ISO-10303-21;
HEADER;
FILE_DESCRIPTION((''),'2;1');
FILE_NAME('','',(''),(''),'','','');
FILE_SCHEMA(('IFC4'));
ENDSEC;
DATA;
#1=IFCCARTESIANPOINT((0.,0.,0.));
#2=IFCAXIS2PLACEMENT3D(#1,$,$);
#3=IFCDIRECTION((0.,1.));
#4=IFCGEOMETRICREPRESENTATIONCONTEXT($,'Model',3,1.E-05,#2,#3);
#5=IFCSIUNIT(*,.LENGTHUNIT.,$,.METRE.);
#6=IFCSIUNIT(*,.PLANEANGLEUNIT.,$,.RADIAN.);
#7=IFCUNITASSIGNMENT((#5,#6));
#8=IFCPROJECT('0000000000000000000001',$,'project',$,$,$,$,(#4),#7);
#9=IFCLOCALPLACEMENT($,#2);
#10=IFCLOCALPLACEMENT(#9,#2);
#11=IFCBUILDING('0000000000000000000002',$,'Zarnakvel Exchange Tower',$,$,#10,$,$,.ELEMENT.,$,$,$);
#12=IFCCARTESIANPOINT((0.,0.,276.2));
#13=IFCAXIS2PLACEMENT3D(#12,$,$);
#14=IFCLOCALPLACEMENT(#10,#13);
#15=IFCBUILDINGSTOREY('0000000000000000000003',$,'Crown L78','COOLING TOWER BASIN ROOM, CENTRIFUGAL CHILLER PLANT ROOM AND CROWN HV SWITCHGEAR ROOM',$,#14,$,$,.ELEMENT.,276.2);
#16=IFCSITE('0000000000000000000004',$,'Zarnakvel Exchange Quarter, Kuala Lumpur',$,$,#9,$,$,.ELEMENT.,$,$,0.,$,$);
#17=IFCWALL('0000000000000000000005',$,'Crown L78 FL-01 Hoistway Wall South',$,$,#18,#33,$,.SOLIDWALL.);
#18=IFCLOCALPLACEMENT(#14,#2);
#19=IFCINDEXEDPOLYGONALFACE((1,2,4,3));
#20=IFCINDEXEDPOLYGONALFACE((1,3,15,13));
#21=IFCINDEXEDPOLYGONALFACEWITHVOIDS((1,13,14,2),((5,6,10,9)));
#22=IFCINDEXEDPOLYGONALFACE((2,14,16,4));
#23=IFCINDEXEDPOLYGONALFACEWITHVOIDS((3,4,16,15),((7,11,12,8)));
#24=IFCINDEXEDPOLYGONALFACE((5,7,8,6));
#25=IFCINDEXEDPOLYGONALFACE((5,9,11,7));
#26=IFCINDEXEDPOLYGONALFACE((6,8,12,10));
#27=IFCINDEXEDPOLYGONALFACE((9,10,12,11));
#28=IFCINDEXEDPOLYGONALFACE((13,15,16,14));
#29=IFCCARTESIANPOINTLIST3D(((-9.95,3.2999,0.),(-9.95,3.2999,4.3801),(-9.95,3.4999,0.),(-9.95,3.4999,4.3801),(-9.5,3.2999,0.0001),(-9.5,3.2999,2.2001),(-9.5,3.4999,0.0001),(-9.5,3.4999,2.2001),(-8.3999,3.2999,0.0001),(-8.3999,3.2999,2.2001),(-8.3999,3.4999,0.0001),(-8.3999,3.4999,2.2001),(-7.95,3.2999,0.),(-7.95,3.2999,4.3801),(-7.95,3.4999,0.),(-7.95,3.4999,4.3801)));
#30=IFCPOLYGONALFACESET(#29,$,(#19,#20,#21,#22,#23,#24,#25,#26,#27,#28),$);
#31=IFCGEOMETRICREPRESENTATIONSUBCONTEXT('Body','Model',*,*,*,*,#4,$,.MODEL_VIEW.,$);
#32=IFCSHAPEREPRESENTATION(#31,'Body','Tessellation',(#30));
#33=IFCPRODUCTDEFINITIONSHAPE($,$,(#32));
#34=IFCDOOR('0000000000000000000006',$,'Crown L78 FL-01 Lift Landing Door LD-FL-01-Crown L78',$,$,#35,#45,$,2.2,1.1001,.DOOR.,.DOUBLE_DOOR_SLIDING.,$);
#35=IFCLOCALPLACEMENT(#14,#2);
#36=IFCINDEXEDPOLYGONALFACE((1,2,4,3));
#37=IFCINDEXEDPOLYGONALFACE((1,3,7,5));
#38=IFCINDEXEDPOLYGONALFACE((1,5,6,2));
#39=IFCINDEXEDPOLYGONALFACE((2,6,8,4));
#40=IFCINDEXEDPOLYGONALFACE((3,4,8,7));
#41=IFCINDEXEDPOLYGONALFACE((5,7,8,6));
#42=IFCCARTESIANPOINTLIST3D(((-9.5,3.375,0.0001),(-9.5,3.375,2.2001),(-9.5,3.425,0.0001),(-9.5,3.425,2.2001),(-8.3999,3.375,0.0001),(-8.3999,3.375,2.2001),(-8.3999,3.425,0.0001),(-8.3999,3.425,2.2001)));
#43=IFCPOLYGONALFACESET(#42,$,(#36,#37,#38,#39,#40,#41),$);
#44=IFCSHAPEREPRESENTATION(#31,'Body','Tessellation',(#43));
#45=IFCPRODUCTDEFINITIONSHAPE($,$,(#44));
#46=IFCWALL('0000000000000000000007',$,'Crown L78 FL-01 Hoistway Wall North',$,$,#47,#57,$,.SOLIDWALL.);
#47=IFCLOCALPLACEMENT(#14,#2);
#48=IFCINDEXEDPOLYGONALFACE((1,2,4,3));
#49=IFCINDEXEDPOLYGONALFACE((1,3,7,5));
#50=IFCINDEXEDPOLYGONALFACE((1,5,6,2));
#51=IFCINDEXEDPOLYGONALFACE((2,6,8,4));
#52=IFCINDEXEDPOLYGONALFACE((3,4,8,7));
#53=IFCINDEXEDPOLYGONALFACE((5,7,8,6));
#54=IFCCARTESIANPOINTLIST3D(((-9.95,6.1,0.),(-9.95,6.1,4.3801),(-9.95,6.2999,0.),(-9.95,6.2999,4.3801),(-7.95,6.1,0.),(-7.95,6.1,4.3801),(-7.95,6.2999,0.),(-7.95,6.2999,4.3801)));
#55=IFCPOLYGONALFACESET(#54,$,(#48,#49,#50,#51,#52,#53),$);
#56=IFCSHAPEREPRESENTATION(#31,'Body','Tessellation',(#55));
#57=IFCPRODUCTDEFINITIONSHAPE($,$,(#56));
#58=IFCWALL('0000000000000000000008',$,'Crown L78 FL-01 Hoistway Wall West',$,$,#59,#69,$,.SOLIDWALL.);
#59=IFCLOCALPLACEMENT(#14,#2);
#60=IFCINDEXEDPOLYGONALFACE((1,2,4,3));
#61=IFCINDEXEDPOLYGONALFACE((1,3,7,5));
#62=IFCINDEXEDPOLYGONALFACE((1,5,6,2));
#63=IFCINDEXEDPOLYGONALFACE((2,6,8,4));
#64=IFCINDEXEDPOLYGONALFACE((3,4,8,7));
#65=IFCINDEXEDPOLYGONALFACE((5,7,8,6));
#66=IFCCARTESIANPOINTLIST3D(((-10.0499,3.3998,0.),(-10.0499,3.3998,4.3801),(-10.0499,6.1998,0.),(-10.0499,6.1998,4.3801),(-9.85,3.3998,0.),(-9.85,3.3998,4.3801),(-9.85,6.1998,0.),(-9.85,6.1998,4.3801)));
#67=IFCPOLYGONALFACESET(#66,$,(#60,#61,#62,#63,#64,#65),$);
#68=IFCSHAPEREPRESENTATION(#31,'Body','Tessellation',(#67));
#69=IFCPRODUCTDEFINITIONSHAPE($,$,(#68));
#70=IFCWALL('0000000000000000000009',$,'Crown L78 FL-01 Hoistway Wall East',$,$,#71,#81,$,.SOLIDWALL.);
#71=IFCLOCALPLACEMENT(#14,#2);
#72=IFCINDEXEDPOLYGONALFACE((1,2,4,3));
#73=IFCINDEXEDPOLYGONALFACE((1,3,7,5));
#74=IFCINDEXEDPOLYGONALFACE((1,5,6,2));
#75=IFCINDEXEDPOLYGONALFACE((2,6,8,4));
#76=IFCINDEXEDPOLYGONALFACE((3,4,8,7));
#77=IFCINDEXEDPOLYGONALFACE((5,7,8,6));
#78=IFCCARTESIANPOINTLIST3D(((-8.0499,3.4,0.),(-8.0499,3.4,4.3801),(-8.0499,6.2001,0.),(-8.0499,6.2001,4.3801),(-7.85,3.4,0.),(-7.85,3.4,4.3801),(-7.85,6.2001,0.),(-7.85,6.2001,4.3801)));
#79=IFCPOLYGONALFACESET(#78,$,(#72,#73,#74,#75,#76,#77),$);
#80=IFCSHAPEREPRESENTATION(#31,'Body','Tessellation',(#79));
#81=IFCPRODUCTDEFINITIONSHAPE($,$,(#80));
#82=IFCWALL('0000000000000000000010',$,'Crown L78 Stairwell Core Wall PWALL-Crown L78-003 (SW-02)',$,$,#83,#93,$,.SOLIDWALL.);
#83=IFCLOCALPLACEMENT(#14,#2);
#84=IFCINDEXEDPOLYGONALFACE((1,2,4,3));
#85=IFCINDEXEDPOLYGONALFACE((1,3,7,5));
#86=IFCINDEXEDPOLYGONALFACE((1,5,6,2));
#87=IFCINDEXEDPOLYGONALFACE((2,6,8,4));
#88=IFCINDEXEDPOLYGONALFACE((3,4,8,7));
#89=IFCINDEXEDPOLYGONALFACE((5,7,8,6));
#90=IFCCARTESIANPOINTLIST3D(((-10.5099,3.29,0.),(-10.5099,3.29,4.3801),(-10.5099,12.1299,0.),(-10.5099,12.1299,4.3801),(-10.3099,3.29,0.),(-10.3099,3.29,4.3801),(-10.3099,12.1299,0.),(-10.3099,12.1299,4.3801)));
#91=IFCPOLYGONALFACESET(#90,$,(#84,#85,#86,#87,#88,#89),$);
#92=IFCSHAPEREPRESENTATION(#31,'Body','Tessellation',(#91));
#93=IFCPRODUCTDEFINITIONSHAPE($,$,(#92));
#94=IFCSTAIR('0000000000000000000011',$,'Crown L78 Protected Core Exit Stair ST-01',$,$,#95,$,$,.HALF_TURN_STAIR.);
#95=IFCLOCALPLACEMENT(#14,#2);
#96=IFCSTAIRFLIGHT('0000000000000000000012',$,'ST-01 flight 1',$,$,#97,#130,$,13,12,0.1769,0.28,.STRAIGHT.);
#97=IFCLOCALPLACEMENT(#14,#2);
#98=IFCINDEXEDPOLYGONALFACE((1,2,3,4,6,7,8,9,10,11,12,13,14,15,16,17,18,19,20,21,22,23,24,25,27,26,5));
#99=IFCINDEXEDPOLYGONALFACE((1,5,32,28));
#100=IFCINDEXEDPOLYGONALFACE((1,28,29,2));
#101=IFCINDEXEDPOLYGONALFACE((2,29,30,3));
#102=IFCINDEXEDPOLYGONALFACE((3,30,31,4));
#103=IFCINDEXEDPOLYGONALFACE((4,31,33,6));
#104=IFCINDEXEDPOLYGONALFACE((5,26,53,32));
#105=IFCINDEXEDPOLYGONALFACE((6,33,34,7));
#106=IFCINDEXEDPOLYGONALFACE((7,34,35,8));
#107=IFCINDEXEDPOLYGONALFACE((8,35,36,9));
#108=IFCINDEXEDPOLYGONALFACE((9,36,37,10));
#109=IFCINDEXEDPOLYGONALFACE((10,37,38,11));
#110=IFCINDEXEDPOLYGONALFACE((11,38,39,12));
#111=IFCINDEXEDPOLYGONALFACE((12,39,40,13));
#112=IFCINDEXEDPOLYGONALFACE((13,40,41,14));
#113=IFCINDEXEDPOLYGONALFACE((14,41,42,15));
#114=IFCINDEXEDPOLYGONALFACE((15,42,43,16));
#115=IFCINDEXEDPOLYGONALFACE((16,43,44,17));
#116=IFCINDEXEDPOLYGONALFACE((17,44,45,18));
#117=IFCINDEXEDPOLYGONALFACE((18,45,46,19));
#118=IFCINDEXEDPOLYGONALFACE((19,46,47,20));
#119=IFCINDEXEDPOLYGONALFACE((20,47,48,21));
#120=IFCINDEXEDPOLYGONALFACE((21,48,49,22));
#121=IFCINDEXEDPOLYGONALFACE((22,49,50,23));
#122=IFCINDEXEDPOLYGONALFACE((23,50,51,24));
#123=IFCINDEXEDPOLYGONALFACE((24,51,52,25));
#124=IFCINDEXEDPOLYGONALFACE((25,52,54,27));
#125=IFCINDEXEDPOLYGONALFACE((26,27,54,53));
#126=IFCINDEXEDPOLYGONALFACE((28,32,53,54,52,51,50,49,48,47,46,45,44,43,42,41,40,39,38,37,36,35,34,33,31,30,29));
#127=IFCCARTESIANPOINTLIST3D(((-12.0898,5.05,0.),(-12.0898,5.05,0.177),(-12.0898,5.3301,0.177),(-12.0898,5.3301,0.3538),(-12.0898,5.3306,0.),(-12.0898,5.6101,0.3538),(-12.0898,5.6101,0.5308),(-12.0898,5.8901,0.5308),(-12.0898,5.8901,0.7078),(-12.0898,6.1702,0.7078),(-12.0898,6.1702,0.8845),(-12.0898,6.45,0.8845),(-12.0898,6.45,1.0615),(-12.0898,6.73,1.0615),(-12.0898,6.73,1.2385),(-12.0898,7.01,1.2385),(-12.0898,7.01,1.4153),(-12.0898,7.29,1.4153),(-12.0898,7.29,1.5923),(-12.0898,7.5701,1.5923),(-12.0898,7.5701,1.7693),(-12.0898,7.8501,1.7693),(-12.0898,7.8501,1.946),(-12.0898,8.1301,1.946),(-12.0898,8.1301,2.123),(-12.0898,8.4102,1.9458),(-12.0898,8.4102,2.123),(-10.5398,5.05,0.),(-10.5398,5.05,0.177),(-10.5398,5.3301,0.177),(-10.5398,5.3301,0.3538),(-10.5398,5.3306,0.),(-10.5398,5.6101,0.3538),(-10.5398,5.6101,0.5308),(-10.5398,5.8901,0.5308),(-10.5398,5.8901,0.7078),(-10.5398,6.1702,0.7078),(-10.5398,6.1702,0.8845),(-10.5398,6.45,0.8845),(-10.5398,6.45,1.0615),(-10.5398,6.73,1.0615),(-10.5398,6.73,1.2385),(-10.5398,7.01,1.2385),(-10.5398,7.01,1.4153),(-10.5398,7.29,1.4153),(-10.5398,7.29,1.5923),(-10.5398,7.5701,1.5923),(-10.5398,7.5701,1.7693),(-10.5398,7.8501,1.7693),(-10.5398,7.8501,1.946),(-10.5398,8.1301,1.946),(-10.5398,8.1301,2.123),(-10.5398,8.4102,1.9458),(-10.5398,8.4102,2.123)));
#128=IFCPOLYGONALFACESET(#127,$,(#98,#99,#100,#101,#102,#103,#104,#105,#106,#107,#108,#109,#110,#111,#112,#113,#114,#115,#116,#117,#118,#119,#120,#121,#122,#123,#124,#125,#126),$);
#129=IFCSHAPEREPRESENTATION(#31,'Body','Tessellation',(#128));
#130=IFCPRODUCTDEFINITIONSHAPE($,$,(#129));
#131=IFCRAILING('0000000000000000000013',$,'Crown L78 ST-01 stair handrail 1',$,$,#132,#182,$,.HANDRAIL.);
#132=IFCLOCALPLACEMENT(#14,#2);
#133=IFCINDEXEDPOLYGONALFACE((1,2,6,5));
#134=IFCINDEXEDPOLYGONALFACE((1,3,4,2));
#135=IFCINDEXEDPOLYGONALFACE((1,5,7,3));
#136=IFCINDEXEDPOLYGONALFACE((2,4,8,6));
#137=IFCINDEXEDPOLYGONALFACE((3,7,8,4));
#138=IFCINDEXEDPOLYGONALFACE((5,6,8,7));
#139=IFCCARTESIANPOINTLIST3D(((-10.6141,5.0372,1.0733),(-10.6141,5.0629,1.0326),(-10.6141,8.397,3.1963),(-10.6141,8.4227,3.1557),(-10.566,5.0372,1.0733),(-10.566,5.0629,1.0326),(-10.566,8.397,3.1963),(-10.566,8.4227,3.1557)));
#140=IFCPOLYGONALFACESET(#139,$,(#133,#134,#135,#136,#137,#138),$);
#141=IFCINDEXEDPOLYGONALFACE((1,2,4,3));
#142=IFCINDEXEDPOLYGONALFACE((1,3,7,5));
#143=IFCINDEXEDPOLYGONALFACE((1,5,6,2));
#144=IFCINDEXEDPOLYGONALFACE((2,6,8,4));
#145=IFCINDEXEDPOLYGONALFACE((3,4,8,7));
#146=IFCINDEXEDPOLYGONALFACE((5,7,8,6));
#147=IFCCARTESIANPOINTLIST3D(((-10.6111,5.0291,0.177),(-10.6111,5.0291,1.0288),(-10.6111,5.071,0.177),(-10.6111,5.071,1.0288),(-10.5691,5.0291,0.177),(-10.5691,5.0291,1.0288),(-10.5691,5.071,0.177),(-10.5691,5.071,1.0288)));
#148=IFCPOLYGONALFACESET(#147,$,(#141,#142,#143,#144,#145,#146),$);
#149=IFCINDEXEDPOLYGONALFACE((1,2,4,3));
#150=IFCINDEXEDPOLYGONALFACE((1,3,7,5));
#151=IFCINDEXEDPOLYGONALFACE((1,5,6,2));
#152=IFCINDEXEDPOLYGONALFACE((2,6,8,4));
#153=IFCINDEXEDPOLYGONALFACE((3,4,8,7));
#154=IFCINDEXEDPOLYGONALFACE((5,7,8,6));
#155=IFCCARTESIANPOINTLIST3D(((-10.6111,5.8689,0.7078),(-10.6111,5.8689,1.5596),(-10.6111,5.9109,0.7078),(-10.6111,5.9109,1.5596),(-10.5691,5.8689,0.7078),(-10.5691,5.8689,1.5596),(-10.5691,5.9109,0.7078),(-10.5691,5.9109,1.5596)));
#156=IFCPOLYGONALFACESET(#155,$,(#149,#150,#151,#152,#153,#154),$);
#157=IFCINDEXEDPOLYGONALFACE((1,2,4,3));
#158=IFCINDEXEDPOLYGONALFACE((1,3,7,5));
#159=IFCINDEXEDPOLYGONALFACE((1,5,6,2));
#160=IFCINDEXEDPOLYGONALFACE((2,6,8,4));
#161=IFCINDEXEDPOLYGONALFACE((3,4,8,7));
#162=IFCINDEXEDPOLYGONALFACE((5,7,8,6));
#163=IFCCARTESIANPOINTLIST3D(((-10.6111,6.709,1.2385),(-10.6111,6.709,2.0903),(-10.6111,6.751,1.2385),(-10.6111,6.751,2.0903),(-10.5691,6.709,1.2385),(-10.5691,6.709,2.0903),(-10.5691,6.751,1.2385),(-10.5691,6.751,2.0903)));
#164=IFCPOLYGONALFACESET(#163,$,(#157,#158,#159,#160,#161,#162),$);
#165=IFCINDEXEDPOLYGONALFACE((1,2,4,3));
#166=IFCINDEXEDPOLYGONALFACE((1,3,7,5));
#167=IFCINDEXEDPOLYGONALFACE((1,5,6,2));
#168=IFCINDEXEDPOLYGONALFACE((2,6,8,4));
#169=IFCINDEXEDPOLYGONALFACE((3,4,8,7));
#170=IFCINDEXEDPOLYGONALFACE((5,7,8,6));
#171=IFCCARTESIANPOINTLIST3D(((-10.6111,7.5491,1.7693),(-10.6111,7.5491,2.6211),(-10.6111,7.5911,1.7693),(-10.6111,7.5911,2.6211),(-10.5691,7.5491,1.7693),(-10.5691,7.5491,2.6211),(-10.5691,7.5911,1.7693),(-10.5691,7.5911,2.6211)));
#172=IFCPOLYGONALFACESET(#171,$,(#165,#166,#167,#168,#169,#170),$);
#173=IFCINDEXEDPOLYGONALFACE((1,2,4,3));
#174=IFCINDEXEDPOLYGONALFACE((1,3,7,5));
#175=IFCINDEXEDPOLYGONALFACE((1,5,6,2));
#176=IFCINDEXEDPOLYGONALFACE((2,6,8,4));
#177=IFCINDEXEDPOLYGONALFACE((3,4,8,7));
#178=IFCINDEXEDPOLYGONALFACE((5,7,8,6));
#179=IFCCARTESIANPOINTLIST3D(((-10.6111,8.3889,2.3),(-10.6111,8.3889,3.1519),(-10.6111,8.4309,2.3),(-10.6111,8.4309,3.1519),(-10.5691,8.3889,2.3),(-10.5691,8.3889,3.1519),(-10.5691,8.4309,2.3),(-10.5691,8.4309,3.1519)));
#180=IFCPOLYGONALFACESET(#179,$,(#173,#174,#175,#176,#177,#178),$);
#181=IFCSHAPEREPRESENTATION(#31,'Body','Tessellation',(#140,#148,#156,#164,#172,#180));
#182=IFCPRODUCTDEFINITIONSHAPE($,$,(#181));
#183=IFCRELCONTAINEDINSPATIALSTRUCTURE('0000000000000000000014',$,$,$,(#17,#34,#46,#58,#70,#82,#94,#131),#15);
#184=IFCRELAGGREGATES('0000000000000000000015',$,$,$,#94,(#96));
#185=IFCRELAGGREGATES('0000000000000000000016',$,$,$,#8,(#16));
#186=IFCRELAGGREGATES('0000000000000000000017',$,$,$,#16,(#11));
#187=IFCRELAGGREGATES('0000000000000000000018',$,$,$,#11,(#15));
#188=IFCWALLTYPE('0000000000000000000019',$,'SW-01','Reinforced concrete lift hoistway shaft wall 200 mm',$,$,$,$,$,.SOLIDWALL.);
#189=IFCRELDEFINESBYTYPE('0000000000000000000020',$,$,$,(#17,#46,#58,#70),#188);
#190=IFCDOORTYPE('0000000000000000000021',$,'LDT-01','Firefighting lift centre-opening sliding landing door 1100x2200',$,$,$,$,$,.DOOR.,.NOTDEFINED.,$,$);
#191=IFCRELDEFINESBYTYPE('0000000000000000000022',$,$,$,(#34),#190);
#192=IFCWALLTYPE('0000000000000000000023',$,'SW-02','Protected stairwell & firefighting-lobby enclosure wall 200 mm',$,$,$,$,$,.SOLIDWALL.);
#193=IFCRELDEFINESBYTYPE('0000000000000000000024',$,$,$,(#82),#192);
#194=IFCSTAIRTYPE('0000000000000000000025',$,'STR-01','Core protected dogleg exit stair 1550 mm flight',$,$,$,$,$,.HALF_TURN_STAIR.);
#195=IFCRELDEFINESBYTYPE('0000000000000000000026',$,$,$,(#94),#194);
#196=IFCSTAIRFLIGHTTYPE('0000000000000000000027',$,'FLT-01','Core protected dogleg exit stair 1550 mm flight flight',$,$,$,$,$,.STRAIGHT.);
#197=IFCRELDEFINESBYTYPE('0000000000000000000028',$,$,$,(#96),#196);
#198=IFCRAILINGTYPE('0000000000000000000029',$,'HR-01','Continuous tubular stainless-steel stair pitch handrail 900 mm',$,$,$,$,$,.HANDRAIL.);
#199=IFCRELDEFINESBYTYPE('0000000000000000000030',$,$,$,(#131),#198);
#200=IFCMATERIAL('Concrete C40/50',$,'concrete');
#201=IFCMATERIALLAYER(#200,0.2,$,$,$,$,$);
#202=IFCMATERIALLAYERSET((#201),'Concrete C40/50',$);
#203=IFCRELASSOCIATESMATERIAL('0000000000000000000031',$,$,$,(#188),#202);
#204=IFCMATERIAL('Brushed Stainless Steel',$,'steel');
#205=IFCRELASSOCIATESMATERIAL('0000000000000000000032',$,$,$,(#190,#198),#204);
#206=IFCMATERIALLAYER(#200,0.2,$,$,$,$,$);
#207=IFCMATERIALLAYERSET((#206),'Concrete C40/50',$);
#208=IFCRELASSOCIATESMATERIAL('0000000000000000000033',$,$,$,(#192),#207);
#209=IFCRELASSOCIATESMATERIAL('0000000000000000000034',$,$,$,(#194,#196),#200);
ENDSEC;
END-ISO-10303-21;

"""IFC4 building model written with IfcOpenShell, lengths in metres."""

from ifc_helpers import new_model, si_unit, direction, frame, frame_2d, origin, origin_2d, place, context, subcontext, project, spatial, polyline, rectangle, outline, extrude, source, transform, mapped, material, layer, layer_set, type_object, element, fill, aggregate, save


model = new_model("IFC4")

# Units and contexts
model_context = context("Model", 3, precision=1e-05, world=origin(), true_north=direction((0.0, 1.0)))
body_context = subcontext(model_context, "Body", "Model", "MODEL_VIEW")
ifc_project = project(units=[si_unit("LENGTHUNIT", "METRE"), si_unit("PLANEANGLEUNIT", "RADIAN")], contexts=[model_context])

# Site, building, storey
site_placement = place(None, origin())
site = spatial("IfcSite", under=ifc_project, at=site_placement, Name="Zarnakvel Exchange Quarter, Kuala Lumpur", CompositionType="ELEMENT", RefElevation=0.0)
building_placement = place(site_placement, origin())
building = spatial("IfcBuilding", under=site, at=building_placement, Name="Zarnakvel Exchange Tower", CompositionType="ELEMENT")
storey_placement = place(building_placement, frame((0.0, 0.0, 276.2)))
storey = spatial("IfcBuildingStorey", under=building, at=storey_placement, Name="Crown L78", Description="COOLING TOWER BASIN ROOM, CENTRIFUGAL CHILLER PLANT ROOM AND CROWN HV SWITCHGEAR ROOM", CompositionType="ELEMENT", Elevation=276.2)

# Shared definitions
ifc_material_1 = material(Name="Concrete C40/50", Category="concrete")

# Wall, opening, door
ifc_layer_1 = layer(ifc_material_1, 0.2)
ifc_layer_set_1 = layer_set([ifc_layer_1], Name="Concrete C40/50")
wall_type_1 = type_object("IfcWallType", Name="SW-01", Description="Reinforced concrete lift hoistway shaft wall 200 mm", PredefinedType="SOLIDWALL", material=ifc_layer_set_1)
wall_1_placement = place(storey_placement, frame((-7.95, 3.3999, 0.0), z_axis=(0.0, 0.0, 1.0), x_axis=(-1.0, 0.0, 0.0)))
wall_1 = element("IfcWall", 1, at=wall_1_placement, inside=storey, type_object=wall_type_1, Name="Crown L78 FL-01 Hoistway Wall South", PredefinedType="SOLIDWALL", context=body_context, shape_type="SweptSolid", body=[
    extrude(rectangle(XDim=2.0, YDim=0.2, at=frame_2d((1.0, 0.0))), origin(), (0.0, 0.0, 1.0), 4.3801),
])
opening_1_placement = place(wall_1_placement, frame((0.45, 0.0, 0.0)))
opening_1 = element("IfcOpeningElement", 2, at=opening_1_placement, cuts=wall_1, PredefinedType="OPENING", context=body_context, shape_type="SweptSolid", body=[
    extrude(rectangle(XDim=1.1001, YDim=2.2, at=frame_2d((0.55, 1.1001))), frame((0.0, 0.1099, 0.0), z_axis=(0.0, -1.0, 0.0), x_axis=(1.0, 0.0, 0.0)), (0.0, 0.0, 1.0), 0.22),
])
ifc_material_2 = material(Name="Brushed Stainless Steel", Category="steel")
door_type_1 = type_object("IfcDoorType", Name="LDT-01", Description="Firefighting lift centre-opening sliding landing door 1100x2200", OperationType="NOTDEFINED", PredefinedType="DOOR", material=ifc_material_2)
shared_shape_1 = source(origin(), body_context, "Body", "SweptSolid", [
    extrude(rectangle(XDim=1.1001, YDim=2.2, at=frame_2d((0.55, 1.1001))), frame((0.0, 0.0249, 0.0), z_axis=(0.0, -1.0, 0.0), x_axis=(1.0, 0.0, 0.0)), (0.0, 0.0, 1.0), 0.05),
])
door_1_placement = place(opening_1_placement, origin())
door_1 = element("IfcDoor", 3, at=door_1_placement, inside=storey, type_object=door_type_1, Name="Crown L78 FL-01 Lift Landing Door LD-FL-01-Crown L78", OperationType="DOUBLE_DOOR_SLIDING", OverallHeight=2.2, OverallWidth=1.1001, PredefinedType="DOOR", context=body_context, shape_type="MappedRepresentation", body=[
    mapped(shared_shape_1, transform((0.0, 0.0, 0.0), x_axis=(1.0, 0.0, 0.0), y_axis=(0.0, 1.0, 0.0), z_axis=(0.0, 0.0, 1.0), scale=1.0)),
])
fill(opening_1, door_1)

# Walls
wall_2_placement = place(storey_placement, frame((-9.95, 6.2, 0.0), z_axis=(0.0, 0.0, 1.0), x_axis=(1.0, 0.0, 0.0)))
element("IfcWall", 4, at=wall_2_placement, inside=storey, type_object=wall_type_1, Name="Crown L78 FL-01 Hoistway Wall North", PredefinedType="SOLIDWALL", context=body_context, shape_type="SweptSolid", body=[
    extrude(rectangle(XDim=2.0, YDim=0.2, at=frame_2d((1.0, 0.0))), origin(), (0.0, 0.0, 1.0), 4.3801),
])
for number, where, z_axis, x_axis, name in (
    (5, (-9.95, 3.3999, 0.0), (0.0, 0.0, 1.0), (0.0, 1.0, 0.0), "Crown L78 FL-01 Hoistway Wall West"),
    (6, (-7.95, 6.2, 0.0), (0.0, 0.0, 1.0), (0.0, -1.0, 0.0), "Crown L78 FL-01 Hoistway Wall East"),
):
    element("IfcWall", number, at=place(storey_placement, frame(where, z_axis=z_axis, x_axis=x_axis)), inside=storey, type_object=wall_type_1, Name=name, PredefinedType="SOLIDWALL", context=body_context, shape_type="SweptSolid", body=[
        extrude(rectangle(XDim=2.8, YDim=0.2, at=frame_2d((1.3999, 0.0))), origin(), (0.0, 0.0, 1.0), 4.3801),
    ])

# Shared definitions
ifc_layer_2 = layer(ifc_material_1, 0.2)
ifc_layer_set_2 = layer_set([ifc_layer_2], Name="Concrete C40/50")
wall_type_2 = type_object("IfcWallType", Name="SW-02", Description="Protected stairwell & firefighting-lobby enclosure wall 200 mm", PredefinedType="SOLIDWALL", material=ifc_layer_set_2)

# Wall
wall_3_placement = place(storey_placement, frame((-10.4099, 12.1299, 0.0), z_axis=(0.0, 0.0, 1.0), x_axis=(0.0, -1.0, 0.0)))
element("IfcWall", 7, at=wall_3_placement, inside=storey, type_object=wall_type_2, Name="Crown L78 Stairwell Core Wall PWALL-Crown L78-003 (SW-02)", PredefinedType="SOLIDWALL", context=body_context, shape_type="SweptSolid", body=[
    extrude(rectangle(XDim=8.8398, YDim=0.2, at=frame_2d((4.4199, 0.0))), origin(), (0.0, 0.0, 1.0), 4.3801),
])

# Stair, stair flight
stair_type = type_object("IfcStairType", Name="STR-01", Description="Core protected dogleg exit stair 1550 mm flight", PredefinedType="HALF_TURN_STAIR", material=ifc_material_1)
stair_placement = place(storey_placement, origin())
stair = element("IfcStair", 8, at=stair_placement, inside=storey, type_object=stair_type, Name="Crown L78 Protected Core Exit Stair ST-01", PredefinedType="HALF_TURN_STAIR")
stair_flight_type = type_object("IfcStairFlightType", Name="FLT-01", Description="Core protected dogleg exit stair 1550 mm flight flight", PredefinedType="STRAIGHT", material=ifc_material_1)
stair_flight_placement = place(storey_placement, frame((-11.3149, 5.05, 0.0), z_axis=(0.0, 0.0, 1.0), x_axis=(0.0, 1.0, 0.0)))
stair_flight = element("IfcStairFlight", 9, at=stair_flight_placement, type_object=stair_flight_type, Name="ST-01 flight 1", NumberOfRisers=13, NumberOfTreads=12, PredefinedType="STRAIGHT", RiserHeight=0.1769, TreadLength=0.28, context=body_context, shape_type="SweptSolid", body=[
    extrude(outline(polyline([(0.0, 0.0), (0.0, 0.177), (0.28, 0.177), (0.28, 0.3538), (0.5601, 0.3538), (0.5601, 0.5308), (0.8401, 0.5308), (0.8401, 0.7078), (1.1201, 0.7078), (1.1201, 0.8845), (1.3999, 0.8845), (1.3999, 1.0615), (1.6799, 1.0615), (1.6799, 1.2385), (1.96, 1.2385), (1.96, 1.4153), (2.24, 1.4153), (2.24, 1.5923), (2.52, 1.5923), (2.52, 1.7693), (2.8, 1.7693), (2.8, 1.946), (3.0801, 1.946), (3.0801, 2.123), (3.3601, 2.123), (3.3601, 2.3), (3.3601, 1.9458), (0.2805, 0.0), (0.0, 0.0)])), frame((0.0, 0.7749, 0.0), z_axis=(0.0, -1.0, 0.0), x_axis=(1.0, 0.0, 0.0)), (0.0, 0.0, 1.0), 1.55),
])
aggregate(stair, [stair_flight])

# Railing
railing_type_1 = type_object("IfcRailingType", Name="HR-01", Description="Continuous tubular stainless-steel stair pitch handrail 900 mm", PredefinedType="HANDRAIL", material=ifc_material_2)
railing_1_placement = place(storey_placement, frame((-10.5901, 5.05, 0.177)))
element("IfcRailing", 10, at=railing_1_placement, inside=storey, type_object=railing_type_1, Name="Crown L78 ST-01 stair handrail 1", PredefinedType="HANDRAIL", context=body_context, shape_type="SweptSolid", body=[
    extrude(rectangle(XDim=0.0481, YDim=0.0481, at=origin_2d()), frame((0.0, 0.0, 0.876), z_axis=(0.0, 0.845372, 0.534178), x_axis=(-1.0, 0.0, 0.0)), (0.0, 0.0, 1.0), 3.9744),
    extrude(rectangle(XDim=0.042, YDim=0.042, at=origin_2d()), origin(), (0.0, 0.0, 1.0), 0.8518),
    extrude(rectangle(XDim=0.042, YDim=0.042, at=origin_2d()), frame((0.0, 0.8398, 0.5308)), (0.0, 0.0, 1.0), 0.8518),
    extrude(rectangle(XDim=0.042, YDim=0.042, at=origin_2d()), frame((0.0, 1.6799, 1.0615)), (0.0, 0.0, 1.0), 0.8518),
    extrude(rectangle(XDim=0.042, YDim=0.042, at=origin_2d()), frame((0.0, 2.52, 1.5923)), (0.0, 0.0, 1.0), 0.8518),
    extrude(rectangle(XDim=0.042, YDim=0.042, at=origin_2d()), frame((0.0, 3.3599, 2.123)), (0.0, 0.0, 1.0), 0.8518),
])

save(model, "model.ifc")
